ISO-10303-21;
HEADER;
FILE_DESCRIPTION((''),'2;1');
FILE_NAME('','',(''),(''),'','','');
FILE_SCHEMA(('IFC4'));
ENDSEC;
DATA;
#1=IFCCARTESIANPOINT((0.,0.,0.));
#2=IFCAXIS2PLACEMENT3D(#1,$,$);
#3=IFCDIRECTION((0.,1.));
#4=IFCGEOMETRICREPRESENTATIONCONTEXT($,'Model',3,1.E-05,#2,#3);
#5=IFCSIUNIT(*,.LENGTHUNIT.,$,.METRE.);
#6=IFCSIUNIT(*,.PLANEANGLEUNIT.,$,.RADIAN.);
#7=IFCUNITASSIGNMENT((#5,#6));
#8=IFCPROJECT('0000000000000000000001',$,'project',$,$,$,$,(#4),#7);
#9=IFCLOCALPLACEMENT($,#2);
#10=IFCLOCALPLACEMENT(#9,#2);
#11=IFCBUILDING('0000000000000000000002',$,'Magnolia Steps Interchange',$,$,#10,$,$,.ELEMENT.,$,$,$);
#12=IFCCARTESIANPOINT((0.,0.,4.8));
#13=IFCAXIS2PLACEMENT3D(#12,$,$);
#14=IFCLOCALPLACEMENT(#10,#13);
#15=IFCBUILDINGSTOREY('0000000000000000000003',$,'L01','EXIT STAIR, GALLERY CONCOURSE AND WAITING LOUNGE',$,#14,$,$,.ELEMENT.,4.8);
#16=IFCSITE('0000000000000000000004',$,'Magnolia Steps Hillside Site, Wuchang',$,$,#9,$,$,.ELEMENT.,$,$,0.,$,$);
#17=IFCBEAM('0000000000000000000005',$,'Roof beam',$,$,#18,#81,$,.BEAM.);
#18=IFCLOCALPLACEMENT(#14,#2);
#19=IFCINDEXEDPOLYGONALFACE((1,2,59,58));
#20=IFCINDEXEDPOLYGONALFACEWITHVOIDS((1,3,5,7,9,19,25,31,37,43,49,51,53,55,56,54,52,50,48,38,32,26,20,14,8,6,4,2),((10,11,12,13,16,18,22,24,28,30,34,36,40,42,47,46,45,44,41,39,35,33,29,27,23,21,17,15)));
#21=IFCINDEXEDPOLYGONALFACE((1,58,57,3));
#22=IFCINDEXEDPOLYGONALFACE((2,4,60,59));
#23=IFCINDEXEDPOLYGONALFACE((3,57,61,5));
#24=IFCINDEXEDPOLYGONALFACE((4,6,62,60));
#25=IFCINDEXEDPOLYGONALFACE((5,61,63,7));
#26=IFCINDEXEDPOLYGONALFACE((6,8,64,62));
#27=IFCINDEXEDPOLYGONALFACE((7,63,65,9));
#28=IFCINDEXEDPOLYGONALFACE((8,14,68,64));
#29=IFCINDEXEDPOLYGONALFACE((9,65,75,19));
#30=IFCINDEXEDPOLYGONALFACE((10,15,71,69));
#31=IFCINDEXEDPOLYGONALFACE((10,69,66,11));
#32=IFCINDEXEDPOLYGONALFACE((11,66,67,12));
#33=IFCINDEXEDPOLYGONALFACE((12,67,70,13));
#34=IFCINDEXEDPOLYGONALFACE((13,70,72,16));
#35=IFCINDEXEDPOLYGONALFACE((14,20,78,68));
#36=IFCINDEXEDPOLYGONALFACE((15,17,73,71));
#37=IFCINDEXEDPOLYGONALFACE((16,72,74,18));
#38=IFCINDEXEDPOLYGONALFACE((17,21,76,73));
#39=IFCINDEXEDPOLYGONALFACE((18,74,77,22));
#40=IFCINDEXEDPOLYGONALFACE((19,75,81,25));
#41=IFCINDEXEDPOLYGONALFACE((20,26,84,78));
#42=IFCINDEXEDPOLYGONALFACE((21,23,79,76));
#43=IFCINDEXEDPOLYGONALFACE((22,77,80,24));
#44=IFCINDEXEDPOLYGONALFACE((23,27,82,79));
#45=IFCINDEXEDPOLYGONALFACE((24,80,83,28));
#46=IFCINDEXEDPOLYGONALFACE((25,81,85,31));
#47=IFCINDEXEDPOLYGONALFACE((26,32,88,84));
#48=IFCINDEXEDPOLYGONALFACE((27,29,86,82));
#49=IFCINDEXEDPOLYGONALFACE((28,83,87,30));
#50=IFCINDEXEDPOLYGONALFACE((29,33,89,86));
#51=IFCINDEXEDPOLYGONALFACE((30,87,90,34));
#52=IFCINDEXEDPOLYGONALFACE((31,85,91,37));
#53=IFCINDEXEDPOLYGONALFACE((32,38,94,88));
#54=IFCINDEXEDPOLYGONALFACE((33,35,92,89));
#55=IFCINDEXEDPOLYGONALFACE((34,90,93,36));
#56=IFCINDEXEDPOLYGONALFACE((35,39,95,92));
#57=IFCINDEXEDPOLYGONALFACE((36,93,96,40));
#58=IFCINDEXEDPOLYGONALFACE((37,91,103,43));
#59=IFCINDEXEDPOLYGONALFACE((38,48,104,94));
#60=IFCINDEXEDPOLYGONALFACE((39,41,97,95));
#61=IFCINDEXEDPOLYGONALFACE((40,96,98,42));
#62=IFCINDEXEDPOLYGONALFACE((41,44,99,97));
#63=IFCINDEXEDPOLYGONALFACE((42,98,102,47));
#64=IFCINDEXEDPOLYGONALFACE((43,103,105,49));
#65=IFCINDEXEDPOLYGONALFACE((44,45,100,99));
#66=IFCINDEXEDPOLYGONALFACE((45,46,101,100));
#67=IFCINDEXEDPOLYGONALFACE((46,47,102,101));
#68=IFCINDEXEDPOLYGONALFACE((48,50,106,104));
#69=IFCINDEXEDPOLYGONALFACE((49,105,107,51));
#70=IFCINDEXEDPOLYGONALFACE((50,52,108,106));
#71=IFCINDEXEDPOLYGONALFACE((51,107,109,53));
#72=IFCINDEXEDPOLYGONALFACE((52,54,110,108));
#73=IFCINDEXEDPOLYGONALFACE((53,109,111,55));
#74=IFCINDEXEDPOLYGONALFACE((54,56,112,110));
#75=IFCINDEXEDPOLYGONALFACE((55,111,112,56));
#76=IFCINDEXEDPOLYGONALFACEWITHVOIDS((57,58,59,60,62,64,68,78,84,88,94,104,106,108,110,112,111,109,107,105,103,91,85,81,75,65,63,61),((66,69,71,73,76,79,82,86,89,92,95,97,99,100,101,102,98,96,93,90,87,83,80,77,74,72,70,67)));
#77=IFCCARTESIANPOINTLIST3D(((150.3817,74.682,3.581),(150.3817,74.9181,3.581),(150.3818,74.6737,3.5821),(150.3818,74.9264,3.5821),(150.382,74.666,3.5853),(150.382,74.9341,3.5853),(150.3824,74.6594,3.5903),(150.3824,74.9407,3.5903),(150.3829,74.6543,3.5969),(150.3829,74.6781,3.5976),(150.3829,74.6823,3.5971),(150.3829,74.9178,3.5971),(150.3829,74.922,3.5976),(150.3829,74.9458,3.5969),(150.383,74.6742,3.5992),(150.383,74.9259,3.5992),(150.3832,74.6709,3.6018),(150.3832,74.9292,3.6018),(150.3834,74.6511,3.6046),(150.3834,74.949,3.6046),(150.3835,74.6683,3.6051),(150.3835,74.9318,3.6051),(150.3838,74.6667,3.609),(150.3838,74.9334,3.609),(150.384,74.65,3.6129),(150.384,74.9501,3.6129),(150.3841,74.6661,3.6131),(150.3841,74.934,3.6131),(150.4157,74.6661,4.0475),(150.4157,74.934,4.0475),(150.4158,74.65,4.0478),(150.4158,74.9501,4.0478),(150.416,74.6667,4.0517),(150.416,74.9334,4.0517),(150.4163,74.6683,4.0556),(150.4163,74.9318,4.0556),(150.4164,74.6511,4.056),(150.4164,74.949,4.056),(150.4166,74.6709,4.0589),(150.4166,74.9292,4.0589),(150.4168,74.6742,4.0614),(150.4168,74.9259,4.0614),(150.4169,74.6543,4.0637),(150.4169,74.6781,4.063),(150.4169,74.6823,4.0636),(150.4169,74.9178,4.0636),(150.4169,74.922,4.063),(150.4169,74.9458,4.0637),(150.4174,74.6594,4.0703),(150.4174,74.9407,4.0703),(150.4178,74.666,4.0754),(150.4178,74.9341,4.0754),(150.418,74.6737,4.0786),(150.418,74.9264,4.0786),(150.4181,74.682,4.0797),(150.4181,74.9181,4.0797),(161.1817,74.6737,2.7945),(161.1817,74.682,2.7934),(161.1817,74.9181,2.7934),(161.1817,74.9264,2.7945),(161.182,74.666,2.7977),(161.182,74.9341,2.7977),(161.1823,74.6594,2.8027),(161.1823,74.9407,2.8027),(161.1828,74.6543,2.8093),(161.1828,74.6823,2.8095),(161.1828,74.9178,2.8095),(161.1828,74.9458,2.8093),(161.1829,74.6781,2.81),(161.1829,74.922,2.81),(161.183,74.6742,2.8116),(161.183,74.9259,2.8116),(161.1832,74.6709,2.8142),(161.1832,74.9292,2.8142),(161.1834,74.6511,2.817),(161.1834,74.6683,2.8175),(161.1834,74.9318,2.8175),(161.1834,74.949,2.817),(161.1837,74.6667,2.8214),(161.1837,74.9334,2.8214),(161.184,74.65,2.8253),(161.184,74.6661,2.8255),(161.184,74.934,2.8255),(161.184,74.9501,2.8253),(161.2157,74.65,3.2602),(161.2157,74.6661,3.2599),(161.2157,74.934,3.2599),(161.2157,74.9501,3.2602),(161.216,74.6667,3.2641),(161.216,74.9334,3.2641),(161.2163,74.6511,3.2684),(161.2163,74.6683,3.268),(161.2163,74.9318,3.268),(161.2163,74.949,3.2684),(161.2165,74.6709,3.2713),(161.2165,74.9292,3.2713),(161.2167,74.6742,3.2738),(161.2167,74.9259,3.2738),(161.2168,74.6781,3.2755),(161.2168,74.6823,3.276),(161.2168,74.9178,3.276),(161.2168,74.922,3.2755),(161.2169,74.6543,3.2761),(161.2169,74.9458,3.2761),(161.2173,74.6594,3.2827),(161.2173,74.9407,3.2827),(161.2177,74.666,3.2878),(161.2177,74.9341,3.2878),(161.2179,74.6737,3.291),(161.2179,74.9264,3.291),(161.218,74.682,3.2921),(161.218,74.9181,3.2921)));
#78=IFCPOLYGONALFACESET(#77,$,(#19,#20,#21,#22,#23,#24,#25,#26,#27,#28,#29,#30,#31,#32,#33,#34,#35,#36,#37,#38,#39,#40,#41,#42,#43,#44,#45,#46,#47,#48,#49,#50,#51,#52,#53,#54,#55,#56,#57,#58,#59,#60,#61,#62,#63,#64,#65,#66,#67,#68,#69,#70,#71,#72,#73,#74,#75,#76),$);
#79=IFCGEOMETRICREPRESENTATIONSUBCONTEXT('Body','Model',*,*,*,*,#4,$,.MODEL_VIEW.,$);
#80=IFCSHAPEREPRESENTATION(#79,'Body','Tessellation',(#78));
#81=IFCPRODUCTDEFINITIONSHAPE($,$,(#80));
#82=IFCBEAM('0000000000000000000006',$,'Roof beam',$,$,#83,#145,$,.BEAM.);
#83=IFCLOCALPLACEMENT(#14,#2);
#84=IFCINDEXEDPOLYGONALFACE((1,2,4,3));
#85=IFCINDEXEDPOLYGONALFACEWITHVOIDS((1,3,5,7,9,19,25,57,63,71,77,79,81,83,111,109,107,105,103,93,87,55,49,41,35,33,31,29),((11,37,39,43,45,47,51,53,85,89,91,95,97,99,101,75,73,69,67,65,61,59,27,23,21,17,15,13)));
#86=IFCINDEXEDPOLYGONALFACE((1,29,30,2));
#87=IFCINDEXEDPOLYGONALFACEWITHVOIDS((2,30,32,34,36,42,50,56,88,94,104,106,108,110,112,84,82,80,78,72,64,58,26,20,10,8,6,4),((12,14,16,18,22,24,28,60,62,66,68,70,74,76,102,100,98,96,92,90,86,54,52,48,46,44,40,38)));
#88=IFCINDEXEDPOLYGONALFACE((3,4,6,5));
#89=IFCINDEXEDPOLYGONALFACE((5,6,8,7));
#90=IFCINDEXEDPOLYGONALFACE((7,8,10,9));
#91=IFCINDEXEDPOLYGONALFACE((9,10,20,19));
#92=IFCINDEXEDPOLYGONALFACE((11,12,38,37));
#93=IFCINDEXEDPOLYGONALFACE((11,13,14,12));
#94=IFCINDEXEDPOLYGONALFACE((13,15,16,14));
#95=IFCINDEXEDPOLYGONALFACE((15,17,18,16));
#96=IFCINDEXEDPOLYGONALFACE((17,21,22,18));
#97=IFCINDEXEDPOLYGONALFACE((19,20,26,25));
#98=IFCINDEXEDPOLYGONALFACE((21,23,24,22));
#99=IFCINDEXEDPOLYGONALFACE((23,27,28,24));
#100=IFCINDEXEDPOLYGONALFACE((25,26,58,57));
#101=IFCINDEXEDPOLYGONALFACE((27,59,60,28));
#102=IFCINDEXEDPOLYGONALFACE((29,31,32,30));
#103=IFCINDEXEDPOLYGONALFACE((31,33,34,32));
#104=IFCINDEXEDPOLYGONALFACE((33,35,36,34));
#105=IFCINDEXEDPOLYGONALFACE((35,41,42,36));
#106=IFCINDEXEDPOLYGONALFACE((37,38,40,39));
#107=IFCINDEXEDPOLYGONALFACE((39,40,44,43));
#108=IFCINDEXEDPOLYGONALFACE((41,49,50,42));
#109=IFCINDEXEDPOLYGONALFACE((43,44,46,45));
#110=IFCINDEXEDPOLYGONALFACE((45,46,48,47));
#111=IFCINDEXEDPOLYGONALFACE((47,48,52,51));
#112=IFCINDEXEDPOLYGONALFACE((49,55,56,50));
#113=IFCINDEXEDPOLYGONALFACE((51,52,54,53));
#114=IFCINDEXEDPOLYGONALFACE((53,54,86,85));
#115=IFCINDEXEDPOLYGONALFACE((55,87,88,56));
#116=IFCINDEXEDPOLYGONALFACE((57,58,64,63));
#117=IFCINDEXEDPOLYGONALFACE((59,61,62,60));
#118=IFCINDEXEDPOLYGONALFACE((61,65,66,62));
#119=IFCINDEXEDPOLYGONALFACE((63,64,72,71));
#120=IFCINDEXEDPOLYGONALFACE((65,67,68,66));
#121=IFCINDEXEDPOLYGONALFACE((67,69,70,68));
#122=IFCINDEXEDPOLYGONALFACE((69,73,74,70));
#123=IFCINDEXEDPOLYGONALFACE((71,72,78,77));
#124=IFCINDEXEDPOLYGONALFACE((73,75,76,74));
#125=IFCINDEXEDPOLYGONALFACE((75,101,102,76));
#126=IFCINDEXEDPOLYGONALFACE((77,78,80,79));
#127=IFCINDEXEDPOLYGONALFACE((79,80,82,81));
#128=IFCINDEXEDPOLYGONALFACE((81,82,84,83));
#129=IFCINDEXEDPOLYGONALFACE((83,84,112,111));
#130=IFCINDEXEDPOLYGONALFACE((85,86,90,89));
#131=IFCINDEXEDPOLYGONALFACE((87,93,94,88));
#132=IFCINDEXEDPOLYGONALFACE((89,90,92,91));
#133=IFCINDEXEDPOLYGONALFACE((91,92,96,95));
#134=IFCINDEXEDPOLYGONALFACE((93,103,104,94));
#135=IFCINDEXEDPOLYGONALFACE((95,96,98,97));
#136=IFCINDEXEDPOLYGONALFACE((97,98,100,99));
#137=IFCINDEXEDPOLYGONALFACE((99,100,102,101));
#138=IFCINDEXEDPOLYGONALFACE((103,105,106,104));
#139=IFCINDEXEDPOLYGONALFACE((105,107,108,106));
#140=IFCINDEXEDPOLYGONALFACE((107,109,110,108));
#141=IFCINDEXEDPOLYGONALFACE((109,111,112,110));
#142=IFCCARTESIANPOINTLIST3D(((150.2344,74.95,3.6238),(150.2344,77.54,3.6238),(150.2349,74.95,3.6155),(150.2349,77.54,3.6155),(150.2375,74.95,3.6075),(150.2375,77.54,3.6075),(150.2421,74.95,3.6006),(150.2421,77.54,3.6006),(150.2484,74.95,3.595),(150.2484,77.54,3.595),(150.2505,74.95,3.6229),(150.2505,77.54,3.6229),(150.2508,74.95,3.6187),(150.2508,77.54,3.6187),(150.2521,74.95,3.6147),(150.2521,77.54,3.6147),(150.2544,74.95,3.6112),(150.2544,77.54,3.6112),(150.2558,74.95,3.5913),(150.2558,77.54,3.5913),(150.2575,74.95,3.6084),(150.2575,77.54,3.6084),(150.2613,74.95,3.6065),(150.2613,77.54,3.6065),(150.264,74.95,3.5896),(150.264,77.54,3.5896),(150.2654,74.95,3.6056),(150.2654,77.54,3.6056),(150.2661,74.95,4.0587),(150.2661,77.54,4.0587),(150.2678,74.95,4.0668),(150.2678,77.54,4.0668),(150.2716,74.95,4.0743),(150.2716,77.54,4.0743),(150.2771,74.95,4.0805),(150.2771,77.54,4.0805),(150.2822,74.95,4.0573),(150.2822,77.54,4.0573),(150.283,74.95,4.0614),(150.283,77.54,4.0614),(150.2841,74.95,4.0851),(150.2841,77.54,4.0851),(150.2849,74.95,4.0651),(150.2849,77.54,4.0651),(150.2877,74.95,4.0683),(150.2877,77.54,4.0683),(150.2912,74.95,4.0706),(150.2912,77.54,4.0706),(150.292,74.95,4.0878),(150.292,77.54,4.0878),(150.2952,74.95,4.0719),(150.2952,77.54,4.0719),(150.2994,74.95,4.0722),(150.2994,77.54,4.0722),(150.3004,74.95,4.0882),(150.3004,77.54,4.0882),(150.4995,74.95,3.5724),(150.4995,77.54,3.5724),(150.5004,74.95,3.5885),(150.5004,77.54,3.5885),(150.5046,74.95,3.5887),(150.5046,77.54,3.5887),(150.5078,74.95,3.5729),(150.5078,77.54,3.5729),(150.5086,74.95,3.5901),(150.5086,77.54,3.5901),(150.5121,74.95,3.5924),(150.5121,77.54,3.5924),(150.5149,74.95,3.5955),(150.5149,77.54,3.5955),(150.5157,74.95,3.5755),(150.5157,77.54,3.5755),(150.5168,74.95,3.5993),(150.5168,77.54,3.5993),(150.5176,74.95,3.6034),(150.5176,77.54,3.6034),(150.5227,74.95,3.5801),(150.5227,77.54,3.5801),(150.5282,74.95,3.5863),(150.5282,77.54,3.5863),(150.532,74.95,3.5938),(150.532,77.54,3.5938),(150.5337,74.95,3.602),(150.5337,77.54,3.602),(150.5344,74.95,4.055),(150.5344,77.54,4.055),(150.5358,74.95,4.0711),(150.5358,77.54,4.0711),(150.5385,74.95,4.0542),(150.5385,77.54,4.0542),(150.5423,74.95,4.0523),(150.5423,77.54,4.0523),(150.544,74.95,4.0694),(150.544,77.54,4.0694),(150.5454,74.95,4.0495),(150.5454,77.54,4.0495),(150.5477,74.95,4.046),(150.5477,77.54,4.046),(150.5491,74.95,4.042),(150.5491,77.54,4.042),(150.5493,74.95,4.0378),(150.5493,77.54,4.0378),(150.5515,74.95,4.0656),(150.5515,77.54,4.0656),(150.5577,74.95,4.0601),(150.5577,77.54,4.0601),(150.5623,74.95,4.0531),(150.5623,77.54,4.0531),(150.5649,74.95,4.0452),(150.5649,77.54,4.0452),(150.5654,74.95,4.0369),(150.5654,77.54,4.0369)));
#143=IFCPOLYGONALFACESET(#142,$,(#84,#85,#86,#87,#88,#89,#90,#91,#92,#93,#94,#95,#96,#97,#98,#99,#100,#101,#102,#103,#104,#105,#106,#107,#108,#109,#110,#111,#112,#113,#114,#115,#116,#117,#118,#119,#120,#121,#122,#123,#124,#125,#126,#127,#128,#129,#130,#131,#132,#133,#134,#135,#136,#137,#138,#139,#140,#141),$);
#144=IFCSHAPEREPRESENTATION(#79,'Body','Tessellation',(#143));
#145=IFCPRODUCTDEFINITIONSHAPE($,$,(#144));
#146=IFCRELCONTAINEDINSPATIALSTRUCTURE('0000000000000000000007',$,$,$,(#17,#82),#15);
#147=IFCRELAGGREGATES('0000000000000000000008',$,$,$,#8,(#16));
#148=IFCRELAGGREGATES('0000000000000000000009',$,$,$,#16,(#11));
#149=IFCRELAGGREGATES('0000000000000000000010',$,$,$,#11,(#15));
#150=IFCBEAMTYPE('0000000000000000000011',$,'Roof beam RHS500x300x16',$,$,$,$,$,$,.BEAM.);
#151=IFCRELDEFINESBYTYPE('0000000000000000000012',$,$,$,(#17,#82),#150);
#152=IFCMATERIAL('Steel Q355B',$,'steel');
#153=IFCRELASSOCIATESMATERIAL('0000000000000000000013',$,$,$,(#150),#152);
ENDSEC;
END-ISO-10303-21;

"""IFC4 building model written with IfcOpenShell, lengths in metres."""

from ifc_helpers import new_model, si_unit, direction, frame, origin, origin_2d, place, context, subcontext, project, spatial, hollow_rectangle, extrude, material, material_profile, profile_set, type_object, element, save


model = new_model("IFC4")

# Units and contexts
model_context = context("Model", 3, precision=1e-05, world=origin(), true_north=direction((0.0, 1.0)))
body_context = subcontext(model_context, "Body", "Model", "MODEL_VIEW")
ifc_project = project(units=[si_unit("LENGTHUNIT", "METRE"), si_unit("PLANEANGLEUNIT", "RADIAN")], contexts=[model_context])

# Site, building, storey
site_placement = place(None, origin())
site = spatial("IfcSite", under=ifc_project, at=site_placement, Name="Magnolia Steps Hillside Site, Wuchang", CompositionType="ELEMENT", RefElevation=0.0)
building_placement = place(site_placement, origin())
building = spatial("IfcBuilding", under=site, at=building_placement, Name="Magnolia Steps Interchange", CompositionType="ELEMENT")
storey_placement = place(building_placement, frame((0.0, 0.0, 4.8)))
storey = spatial("IfcBuildingStorey", under=building, at=storey_placement, Name="L01", Description="EXIT STAIR, GALLERY CONCOURSE AND WAITING LOUNGE", CompositionType="ELEMENT", Elevation=4.8)

# Beams
ifc_material_1 = material(Name="Steel Q355B", Category="steel")
ifc_material_profile_1 = material_profile(ifc_material_1, hollow_rectangle(XDim=0.3, YDim=0.5, WallThickness=0.0161, InnerFilletRadius=0.0161, OuterFilletRadius=0.032, at=origin_2d()), Name="RHS500x300x16")
ifc_profile_set_1 = profile_set([ifc_material_profile_1], Name="Steel Q355B")
beam_type_1 = type_object("IfcBeamType", Name="Roof beam RHS500x300x16", PredefinedType="BEAM", material=ifc_profile_set_1)
beam_1_placement = place(storey_placement, frame((150.3999, 74.8, 3.8303), z_axis=(0.997352, 0.0, -0.072732), x_axis=(0.0, 1.0, 0.0)))
element("IfcBeam", 1, at=beam_1_placement, inside=storey, type_object=beam_type_1, Name="Roof beam", PredefinedType="BEAM", context=body_context, shape_type="SweptSolid", body=[
    extrude(hollow_rectangle(XDim=0.3, YDim=0.5, WallThickness=0.0161, InnerFilletRadius=0.0161, OuterFilletRadius=0.032, at=origin_2d()), origin(), (0.0, 0.0, 1.0), 10.8286),
])
beam_2_placement = place(storey_placement, frame((150.3999, 74.95, 3.8303), z_axis=(0.0, 1.0, 0.0), x_axis=(-0.997352, 0.0, 0.072724)))
element("IfcBeam", 2, at=beam_2_placement, inside=storey, type_object=beam_type_1, Name="Roof beam", PredefinedType="BEAM", context=body_context, shape_type="SweptSolid", body=[
    extrude(hollow_rectangle(XDim=0.3, YDim=0.5, WallThickness=0.0161, InnerFilletRadius=0.0161, OuterFilletRadius=0.032, at=origin_2d()), origin(), (0.0, 0.0, 1.0), 2.5901),
])

save(model, "model.ifc")
